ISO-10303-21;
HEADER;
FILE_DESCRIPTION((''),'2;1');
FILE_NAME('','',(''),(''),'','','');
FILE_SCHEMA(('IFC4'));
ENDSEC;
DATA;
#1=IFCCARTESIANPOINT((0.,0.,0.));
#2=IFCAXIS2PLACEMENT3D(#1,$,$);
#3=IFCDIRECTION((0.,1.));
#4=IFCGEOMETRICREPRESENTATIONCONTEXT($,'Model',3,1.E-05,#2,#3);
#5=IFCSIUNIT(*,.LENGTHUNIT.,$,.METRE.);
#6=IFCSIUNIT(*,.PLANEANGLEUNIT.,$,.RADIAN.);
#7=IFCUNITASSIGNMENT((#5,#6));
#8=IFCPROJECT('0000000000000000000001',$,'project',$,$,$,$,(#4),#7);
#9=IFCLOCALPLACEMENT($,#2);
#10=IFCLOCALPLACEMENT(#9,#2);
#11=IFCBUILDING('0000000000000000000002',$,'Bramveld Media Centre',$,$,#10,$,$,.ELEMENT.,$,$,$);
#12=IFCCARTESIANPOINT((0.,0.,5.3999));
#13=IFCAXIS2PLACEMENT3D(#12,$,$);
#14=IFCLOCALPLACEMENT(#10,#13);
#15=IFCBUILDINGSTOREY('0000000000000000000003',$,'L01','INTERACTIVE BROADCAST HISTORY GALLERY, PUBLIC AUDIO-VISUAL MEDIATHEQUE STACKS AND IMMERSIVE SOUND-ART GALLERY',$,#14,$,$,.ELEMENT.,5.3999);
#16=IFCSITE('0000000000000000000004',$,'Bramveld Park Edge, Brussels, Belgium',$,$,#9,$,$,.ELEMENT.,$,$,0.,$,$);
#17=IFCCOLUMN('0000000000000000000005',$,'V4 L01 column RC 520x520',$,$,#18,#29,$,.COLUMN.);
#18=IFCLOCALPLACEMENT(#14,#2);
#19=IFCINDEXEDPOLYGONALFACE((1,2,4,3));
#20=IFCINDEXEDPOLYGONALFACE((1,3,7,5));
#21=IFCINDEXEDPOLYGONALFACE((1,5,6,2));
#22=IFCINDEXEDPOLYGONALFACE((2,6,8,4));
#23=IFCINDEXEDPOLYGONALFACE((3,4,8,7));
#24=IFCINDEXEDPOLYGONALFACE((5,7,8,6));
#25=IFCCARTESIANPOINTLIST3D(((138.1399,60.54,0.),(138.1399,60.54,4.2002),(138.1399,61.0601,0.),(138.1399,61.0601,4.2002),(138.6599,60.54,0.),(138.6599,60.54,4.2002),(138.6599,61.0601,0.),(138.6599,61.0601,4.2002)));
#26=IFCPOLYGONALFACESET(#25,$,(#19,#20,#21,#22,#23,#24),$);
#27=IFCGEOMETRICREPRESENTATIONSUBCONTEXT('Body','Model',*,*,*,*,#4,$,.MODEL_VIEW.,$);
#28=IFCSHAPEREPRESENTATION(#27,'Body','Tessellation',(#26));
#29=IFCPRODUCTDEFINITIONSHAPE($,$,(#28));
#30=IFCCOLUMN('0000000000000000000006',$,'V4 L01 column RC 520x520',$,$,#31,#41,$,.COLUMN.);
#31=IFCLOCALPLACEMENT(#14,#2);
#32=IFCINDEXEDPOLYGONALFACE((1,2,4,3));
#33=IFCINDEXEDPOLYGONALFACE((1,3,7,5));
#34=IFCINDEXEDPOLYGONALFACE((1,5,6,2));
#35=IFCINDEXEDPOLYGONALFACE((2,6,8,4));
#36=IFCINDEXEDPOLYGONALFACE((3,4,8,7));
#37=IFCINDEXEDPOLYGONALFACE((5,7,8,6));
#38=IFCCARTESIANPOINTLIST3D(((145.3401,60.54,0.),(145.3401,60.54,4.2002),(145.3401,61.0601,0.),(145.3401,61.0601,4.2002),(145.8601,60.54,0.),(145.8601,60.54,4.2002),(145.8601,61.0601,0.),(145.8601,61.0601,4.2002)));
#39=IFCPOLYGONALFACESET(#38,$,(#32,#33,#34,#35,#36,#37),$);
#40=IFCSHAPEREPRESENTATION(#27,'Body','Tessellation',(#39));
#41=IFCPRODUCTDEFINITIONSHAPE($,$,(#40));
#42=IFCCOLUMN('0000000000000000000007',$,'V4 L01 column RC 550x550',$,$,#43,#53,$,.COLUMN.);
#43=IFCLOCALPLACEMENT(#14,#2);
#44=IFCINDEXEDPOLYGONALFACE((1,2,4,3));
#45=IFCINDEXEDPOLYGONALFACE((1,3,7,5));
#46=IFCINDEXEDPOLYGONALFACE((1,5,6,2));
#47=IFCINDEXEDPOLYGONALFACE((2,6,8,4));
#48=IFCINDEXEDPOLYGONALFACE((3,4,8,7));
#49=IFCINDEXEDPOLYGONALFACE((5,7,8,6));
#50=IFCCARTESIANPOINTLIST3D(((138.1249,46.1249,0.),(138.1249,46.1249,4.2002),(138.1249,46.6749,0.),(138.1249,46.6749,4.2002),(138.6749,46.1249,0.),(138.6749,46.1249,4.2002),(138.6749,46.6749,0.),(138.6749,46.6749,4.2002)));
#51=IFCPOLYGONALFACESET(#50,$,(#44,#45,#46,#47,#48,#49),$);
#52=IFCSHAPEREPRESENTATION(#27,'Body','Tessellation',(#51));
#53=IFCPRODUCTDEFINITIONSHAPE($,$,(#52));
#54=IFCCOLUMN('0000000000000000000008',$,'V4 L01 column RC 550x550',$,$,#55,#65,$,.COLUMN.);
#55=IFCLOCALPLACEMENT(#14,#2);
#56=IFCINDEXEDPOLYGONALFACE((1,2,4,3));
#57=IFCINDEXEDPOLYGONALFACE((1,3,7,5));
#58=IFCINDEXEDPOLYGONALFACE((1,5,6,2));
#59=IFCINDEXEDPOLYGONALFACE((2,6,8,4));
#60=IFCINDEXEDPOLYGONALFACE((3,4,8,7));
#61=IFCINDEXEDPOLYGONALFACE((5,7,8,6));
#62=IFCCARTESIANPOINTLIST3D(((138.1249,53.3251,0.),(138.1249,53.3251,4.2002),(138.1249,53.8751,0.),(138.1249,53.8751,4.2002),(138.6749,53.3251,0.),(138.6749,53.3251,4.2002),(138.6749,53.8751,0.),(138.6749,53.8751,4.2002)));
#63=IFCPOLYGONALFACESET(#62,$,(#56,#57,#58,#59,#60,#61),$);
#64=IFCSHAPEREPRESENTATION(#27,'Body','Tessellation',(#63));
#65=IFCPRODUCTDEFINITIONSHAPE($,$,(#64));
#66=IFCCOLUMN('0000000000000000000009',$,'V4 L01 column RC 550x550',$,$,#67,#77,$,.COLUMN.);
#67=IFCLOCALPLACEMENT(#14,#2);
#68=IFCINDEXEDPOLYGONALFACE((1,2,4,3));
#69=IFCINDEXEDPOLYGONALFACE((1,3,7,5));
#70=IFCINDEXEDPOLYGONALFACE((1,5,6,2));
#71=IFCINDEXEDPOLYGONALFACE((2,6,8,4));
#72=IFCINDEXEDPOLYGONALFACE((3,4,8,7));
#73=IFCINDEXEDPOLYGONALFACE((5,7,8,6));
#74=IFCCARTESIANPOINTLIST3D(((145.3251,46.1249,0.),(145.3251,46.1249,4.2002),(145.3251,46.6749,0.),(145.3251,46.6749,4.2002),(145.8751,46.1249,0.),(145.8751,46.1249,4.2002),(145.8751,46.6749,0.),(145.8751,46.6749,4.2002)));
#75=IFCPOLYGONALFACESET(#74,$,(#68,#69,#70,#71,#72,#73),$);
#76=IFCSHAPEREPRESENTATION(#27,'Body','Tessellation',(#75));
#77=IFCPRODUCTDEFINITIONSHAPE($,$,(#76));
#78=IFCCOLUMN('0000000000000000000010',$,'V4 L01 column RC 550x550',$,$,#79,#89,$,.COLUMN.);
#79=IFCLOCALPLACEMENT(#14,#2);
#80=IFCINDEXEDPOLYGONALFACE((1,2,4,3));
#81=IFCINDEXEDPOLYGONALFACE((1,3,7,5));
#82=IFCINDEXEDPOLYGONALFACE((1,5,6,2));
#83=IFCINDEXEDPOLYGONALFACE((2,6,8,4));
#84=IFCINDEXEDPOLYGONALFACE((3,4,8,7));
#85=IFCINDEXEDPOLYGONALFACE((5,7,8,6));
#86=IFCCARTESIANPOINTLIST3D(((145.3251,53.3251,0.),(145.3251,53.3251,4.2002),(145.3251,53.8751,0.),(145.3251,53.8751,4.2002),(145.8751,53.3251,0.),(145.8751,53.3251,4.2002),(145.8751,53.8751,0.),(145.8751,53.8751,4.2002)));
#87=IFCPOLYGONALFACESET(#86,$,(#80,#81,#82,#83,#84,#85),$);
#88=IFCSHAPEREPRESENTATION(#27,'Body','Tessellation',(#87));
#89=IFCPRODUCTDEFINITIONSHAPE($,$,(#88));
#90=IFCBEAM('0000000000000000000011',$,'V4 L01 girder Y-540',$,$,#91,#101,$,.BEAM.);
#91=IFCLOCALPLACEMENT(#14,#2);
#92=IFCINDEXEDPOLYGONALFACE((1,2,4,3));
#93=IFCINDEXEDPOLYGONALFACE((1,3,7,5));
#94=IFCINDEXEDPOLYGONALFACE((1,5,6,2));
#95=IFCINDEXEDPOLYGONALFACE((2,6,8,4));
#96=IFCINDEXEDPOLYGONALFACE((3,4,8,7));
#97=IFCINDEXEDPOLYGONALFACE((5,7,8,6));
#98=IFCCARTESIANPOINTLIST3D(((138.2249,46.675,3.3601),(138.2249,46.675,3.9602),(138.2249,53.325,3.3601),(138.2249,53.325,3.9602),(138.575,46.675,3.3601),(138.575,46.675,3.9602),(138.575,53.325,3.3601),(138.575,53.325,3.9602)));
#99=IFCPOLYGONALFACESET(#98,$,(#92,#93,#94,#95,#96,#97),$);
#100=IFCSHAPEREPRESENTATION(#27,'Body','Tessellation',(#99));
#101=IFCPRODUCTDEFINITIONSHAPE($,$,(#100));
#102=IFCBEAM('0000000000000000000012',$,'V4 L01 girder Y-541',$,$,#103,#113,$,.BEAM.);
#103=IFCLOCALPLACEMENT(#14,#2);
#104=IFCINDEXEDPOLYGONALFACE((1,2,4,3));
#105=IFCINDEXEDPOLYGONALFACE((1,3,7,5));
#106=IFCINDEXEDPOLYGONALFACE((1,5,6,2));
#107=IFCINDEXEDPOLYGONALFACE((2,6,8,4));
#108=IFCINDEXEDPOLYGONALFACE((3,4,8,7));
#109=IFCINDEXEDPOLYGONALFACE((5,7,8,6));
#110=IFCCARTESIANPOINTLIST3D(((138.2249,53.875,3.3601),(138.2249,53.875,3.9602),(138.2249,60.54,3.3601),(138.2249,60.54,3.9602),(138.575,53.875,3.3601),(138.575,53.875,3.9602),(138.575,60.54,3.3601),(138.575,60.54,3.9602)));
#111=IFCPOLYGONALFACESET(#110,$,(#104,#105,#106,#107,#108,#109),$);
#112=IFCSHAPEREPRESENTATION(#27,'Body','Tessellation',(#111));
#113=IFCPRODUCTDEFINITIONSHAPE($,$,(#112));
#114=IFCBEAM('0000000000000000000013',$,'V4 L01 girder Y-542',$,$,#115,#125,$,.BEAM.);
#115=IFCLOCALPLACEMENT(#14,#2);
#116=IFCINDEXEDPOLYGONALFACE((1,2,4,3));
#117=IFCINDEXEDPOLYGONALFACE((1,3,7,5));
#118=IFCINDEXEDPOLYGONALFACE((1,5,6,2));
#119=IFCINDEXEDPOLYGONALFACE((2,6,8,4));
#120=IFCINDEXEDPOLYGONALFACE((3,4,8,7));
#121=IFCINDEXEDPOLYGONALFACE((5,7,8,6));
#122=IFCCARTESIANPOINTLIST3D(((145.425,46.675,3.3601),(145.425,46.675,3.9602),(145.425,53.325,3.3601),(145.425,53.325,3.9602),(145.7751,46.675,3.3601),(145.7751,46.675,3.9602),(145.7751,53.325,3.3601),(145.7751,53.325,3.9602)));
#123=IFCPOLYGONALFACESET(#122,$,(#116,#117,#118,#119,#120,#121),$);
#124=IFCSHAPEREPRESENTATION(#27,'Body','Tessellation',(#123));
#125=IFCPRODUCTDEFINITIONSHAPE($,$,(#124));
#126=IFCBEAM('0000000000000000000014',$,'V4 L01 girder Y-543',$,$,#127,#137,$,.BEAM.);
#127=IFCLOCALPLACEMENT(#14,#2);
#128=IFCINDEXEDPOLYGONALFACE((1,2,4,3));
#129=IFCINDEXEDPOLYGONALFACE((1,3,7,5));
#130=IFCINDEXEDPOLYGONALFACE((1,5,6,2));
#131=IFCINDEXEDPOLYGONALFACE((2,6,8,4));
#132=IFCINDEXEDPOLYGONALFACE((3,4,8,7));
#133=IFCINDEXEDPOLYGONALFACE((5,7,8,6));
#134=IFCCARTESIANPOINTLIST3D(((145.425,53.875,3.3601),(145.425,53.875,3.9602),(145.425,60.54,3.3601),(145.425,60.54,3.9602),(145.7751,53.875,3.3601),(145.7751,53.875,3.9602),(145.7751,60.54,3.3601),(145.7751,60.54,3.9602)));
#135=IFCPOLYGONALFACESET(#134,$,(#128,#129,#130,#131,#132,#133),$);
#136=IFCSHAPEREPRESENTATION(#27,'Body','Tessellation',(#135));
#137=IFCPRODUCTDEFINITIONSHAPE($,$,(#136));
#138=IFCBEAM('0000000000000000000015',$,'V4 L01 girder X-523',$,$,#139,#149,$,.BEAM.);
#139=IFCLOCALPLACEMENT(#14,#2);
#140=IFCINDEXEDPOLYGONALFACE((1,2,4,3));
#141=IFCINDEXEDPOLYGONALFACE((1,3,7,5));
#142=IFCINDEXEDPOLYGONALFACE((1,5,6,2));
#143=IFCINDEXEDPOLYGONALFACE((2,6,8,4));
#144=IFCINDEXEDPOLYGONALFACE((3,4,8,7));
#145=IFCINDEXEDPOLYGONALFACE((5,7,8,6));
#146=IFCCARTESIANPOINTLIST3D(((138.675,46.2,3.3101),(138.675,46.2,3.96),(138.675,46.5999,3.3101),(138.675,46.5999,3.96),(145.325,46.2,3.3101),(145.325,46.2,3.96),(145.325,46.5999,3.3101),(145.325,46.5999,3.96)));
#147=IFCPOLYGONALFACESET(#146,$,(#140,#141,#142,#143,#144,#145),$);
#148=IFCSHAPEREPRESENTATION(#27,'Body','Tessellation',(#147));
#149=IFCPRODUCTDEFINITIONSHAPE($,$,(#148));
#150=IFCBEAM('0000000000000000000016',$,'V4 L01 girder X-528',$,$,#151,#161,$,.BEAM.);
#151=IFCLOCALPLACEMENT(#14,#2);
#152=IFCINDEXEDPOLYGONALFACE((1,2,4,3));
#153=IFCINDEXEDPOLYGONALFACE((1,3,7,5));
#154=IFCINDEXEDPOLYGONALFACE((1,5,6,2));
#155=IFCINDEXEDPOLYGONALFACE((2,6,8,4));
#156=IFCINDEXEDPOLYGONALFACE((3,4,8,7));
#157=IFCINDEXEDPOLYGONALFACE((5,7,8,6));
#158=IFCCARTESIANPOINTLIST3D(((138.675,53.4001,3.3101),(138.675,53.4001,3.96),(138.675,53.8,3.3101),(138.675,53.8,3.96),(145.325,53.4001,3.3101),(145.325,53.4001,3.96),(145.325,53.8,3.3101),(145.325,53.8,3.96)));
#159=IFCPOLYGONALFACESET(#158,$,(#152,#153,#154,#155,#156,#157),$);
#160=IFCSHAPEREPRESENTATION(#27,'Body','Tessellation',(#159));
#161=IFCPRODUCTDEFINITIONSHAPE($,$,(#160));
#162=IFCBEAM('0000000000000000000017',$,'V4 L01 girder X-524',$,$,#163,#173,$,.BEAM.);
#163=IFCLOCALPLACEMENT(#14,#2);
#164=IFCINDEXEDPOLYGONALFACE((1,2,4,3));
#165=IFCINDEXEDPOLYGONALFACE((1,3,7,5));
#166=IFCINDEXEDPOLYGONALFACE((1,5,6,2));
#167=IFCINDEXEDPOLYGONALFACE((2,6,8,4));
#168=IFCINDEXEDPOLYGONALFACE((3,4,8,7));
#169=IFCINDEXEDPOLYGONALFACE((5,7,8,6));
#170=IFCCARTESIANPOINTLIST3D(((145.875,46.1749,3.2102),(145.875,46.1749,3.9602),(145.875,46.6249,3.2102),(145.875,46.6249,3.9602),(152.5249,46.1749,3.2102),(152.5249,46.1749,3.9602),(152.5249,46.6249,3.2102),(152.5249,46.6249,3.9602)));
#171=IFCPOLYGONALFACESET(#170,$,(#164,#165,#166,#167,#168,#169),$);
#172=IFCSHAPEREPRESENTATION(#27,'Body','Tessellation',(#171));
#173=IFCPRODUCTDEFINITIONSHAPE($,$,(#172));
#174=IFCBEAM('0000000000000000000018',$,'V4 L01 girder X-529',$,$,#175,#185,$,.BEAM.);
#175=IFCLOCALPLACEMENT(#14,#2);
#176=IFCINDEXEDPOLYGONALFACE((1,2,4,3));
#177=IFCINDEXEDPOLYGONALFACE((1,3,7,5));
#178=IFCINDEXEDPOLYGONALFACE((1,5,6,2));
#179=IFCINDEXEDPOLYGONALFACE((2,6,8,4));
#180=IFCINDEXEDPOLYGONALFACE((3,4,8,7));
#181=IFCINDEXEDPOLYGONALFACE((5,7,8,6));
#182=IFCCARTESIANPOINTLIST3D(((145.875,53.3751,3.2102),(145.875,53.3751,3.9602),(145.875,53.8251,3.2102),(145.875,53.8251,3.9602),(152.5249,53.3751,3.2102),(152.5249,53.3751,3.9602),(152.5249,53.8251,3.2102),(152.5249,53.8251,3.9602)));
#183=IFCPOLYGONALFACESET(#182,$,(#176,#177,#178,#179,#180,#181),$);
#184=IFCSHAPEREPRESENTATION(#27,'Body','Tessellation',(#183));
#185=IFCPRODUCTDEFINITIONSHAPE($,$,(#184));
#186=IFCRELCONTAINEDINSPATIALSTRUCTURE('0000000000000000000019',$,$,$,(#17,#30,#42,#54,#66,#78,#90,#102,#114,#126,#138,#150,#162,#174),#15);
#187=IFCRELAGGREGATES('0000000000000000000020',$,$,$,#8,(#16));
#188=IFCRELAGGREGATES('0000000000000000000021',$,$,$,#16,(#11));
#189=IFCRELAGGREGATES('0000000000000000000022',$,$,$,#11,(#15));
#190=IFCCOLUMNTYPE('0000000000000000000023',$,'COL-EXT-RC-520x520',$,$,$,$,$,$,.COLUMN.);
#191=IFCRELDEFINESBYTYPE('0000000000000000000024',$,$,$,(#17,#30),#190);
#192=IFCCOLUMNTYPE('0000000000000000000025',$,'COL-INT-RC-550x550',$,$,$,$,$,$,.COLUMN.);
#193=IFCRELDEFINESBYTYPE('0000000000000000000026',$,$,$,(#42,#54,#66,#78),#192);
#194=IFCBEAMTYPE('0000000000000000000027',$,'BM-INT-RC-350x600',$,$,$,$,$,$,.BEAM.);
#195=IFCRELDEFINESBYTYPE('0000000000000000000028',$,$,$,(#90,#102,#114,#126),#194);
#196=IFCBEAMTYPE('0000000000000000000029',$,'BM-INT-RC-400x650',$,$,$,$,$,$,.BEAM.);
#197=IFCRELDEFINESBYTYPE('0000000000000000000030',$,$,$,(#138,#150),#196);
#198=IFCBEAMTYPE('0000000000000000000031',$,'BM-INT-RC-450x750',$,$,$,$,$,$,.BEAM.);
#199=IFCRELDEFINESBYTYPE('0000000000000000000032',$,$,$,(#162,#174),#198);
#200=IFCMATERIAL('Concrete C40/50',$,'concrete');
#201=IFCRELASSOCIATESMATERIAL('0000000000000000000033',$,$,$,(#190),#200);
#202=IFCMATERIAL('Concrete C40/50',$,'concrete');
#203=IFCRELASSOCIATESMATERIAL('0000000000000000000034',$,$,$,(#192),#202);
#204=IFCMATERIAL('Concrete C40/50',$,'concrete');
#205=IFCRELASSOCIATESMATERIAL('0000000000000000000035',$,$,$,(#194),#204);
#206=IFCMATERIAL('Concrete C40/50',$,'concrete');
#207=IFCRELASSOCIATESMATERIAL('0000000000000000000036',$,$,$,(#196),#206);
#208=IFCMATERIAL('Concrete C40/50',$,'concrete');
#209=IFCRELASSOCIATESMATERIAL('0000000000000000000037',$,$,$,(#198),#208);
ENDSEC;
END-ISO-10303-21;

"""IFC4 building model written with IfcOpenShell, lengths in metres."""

from ifc_helpers import new_model, si_unit, direction, frame, origin, origin_2d, place, context, subcontext, project, spatial, rectangle, extrude, material, material_profile, profile_set, type_object, element, save


model = new_model("IFC4")

# Units and contexts
model_context = context("Model", 3, precision=1e-05, world=origin(), true_north=direction((0.0, 1.0)))
body_context = subcontext(model_context, "Body", "Model", "MODEL_VIEW")
ifc_project = project(units=[si_unit("LENGTHUNIT", "METRE"), si_unit("PLANEANGLEUNIT", "RADIAN")], contexts=[model_context])

# Site, building, storey
site_placement = place(None, origin())
site = spatial("IfcSite", under=ifc_project, at=site_placement, Name="Bramveld Park Edge, Brussels, Belgium", CompositionType="ELEMENT", RefElevation=0.0)
building_placement = place(site_placement, origin())
building = spatial("IfcBuilding", under=site, at=building_placement, Name="Bramveld Media Centre", CompositionType="ELEMENT")
storey_placement = place(building_placement, frame((0.0, 0.0, 5.3999)))
storey = spatial("IfcBuildingStorey", under=building, at=storey_placement, Name="L01", Description="INTERACTIVE BROADCAST HISTORY GALLERY, PUBLIC AUDIO-VISUAL MEDIATHEQUE STACKS AND IMMERSIVE SOUND-ART GALLERY", CompositionType="ELEMENT", Elevation=5.3999)

# Columns
ifc_material_1 = material(Name="Concrete C40/50", Category="concrete")
ifc_material_profile_1 = material_profile(ifc_material_1, rectangle(XDim=0.52, YDim=0.52, at=origin_2d()), Name="RC 520x520")
ifc_profile_set_1 = profile_set([ifc_material_profile_1], Name="Concrete C40/50")
column_type_1 = type_object("IfcColumnType", Name="COL-EXT-RC-520x520", PredefinedType="COLUMN", material=ifc_profile_set_1)
for number, where, z_axis, x_axis, name in (
    (1, (138.3999, 60.8, 0.0), (0.0, 0.0, 1.0), (1.0, 0.0, 0.0), "V4 L01 column RC 520x520"),
    (2, (145.6001, 60.8, 0.0), (0.0, 0.0, 1.0), (1.0, 0.0, 0.0), "V4 L01 column RC 520x520"),
):
    element("IfcColumn", number, at=place(storey_placement, frame(where, z_axis=z_axis, x_axis=x_axis)), inside=storey, type_object=column_type_1, Name=name, PredefinedType="COLUMN", context=body_context, shape_type="SweptSolid", body=[
        extrude(rectangle(XDim=0.52, YDim=0.52, at=origin_2d()), origin(), (0.0, 0.0, 1.0), 4.2002),
    ])
ifc_material_2 = material(Name="Concrete C40/50", Category="concrete")
ifc_material_profile_2 = material_profile(ifc_material_2, rectangle(XDim=0.55, YDim=0.55, at=origin_2d()), Name="RC 550x550")
ifc_profile_set_2 = profile_set([ifc_material_profile_2], Name="Concrete C40/50")
column_type_2 = type_object("IfcColumnType", Name="COL-INT-RC-550x550", PredefinedType="COLUMN", material=ifc_profile_set_2)
for number, where, z_axis, x_axis, name in (
    (3, (138.3999, 46.3999, 0.0), (0.0, 0.0, 1.0), (1.0, 0.0, 0.0), "V4 L01 column RC 550x550"),
    (4, (138.3999, 53.6001, 0.0), (0.0, 0.0, 1.0), (1.0, 0.0, 0.0), "V4 L01 column RC 550x550"),
    (5, (145.6001, 46.3999, 0.0), (0.0, 0.0, 1.0), (1.0, 0.0, 0.0), "V4 L01 column RC 550x550"),
    (6, (145.6001, 53.6001, 0.0), (0.0, 0.0, 1.0), (1.0, 0.0, 0.0), "V4 L01 column RC 550x550"),
):
    element("IfcColumn", number, at=place(storey_placement, frame(where, z_axis=z_axis, x_axis=x_axis)), inside=storey, type_object=column_type_2, Name=name, PredefinedType="COLUMN", context=body_context, shape_type="SweptSolid", body=[
        extrude(rectangle(XDim=0.55, YDim=0.55, at=origin_2d()), origin(), (0.0, 0.0, 1.0), 4.2002),
    ])

# Beams
ifc_material_3 = material(Name="Concrete C40/50", Category="concrete")
ifc_material_profile_3 = material_profile(ifc_material_3, rectangle(XDim=0.3501, YDim=0.6001, at=origin_2d()), Name="RC 350x600")
ifc_profile_set_3 = profile_set([ifc_material_profile_3], Name="Concrete C40/50")
beam_type_1 = type_object("IfcBeamType", Name="BM-INT-RC-350x600", PredefinedType="BEAM", material=ifc_profile_set_3)
beam_1_placement = place(storey_placement, frame((138.3999, 46.675, 3.6602), z_axis=(0.0, 1.0, 0.0), x_axis=(-1.0, 0.0, 0.0)))
element("IfcBeam", 7, at=beam_1_placement, inside=storey, type_object=beam_type_1, Name="V4 L01 girder Y-540", PredefinedType="BEAM", context=body_context, shape_type="SweptSolid", body=[
    extrude(rectangle(XDim=0.3501, YDim=0.6001, at=origin_2d()), origin(), (0.0, 0.0, 1.0), 6.6499),
])
beam_2_placement = place(storey_placement, frame((138.3999, 53.875, 3.6602), z_axis=(0.0, 1.0, 0.0), x_axis=(-1.0, 0.0, 0.0)))
element("IfcBeam", 8, at=beam_2_placement, inside=storey, type_object=beam_type_1, Name="V4 L01 girder Y-541", PredefinedType="BEAM", context=body_context, shape_type="SweptSolid", body=[
    extrude(rectangle(XDim=0.3501, YDim=0.6001, at=origin_2d()), origin(), (0.0, 0.0, 1.0), 6.665),
])
beam_3_placement = place(storey_placement, frame((145.6001, 46.675, 3.6602), z_axis=(0.0, 1.0, 0.0), x_axis=(-1.0, 0.0, 0.0)))
element("IfcBeam", 9, at=beam_3_placement, inside=storey, type_object=beam_type_1, Name="V4 L01 girder Y-542", PredefinedType="BEAM", context=body_context, shape_type="SweptSolid", body=[
    extrude(rectangle(XDim=0.3501, YDim=0.6001, at=origin_2d()), origin(), (0.0, 0.0, 1.0), 6.6499),
])
beam_4_placement = place(storey_placement, frame((145.6001, 53.875, 3.6602), z_axis=(0.0, 1.0, 0.0), x_axis=(-1.0, 0.0, 0.0)))
element("IfcBeam", 10, at=beam_4_placement, inside=storey, type_object=beam_type_1, Name="V4 L01 girder Y-543", PredefinedType="BEAM", context=body_context, shape_type="SweptSolid", body=[
    extrude(rectangle(XDim=0.3501, YDim=0.6001, at=origin_2d()), origin(), (0.0, 0.0, 1.0), 6.665),
])
ifc_material_4 = material(Name="Concrete C40/50", Category="concrete")
ifc_material_profile_4 = material_profile(ifc_material_4, rectangle(XDim=0.3999, YDim=0.6499, at=origin_2d()), Name="RC 400x650")
ifc_profile_set_4 = profile_set([ifc_material_profile_4], Name="Concrete C40/50")
beam_type_2 = type_object("IfcBeamType", Name="BM-INT-RC-400x650", PredefinedType="BEAM", material=ifc_profile_set_4)
for number, where, z_axis, x_axis, name in (
    (11, (138.675, 46.3999, 3.635), (1.0, 0.0, 0.0), (0.0, 1.0, 0.0), "V4 L01 girder X-523"),
    (12, (138.675, 53.6001, 3.635), (1.0, 0.0, 0.0), (0.0, 1.0, 0.0), "V4 L01 girder X-528"),
):
    element("IfcBeam", number, at=place(storey_placement, frame(where, z_axis=z_axis, x_axis=x_axis)), inside=storey, type_object=beam_type_2, Name=name, PredefinedType="BEAM", context=body_context, shape_type="SweptSolid", body=[
        extrude(rectangle(XDim=0.3999, YDim=0.6499, at=origin_2d()), origin(), (0.0, 0.0, 1.0), 6.6499),
    ])
ifc_material_5 = material(Name="Concrete C40/50", Category="concrete")
ifc_material_profile_5 = material_profile(ifc_material_5, rectangle(XDim=0.45, YDim=0.75, at=origin_2d()), Name="RC 450x750")
ifc_profile_set_5 = profile_set([ifc_material_profile_5], Name="Concrete C40/50")
beam_type_3 = type_object("IfcBeamType", Name="BM-INT-RC-450x750", PredefinedType="BEAM", material=ifc_profile_set_5)
for number, where, z_axis, x_axis, name in (
    (13, (145.875, 46.3999, 3.5852), (1.0, 0.0, 0.0), (0.0, 1.0, 0.0), "V4 L01 girder X-524"),
    (14, (145.875, 53.6001, 3.5852), (1.0, 0.0, 0.0), (0.0, 1.0, 0.0), "V4 L01 girder X-529"),
):
    element("IfcBeam", number, at=place(storey_placement, frame(where, z_axis=z_axis, x_axis=x_axis)), inside=storey, type_object=beam_type_3, Name=name, PredefinedType="BEAM", context=body_context, shape_type="SweptSolid", body=[
        extrude(rectangle(XDim=0.45, YDim=0.75, at=origin_2d()), origin(), (0.0, 0.0, 1.0), 6.6499),
    ])

save(model, "model.ifc")
